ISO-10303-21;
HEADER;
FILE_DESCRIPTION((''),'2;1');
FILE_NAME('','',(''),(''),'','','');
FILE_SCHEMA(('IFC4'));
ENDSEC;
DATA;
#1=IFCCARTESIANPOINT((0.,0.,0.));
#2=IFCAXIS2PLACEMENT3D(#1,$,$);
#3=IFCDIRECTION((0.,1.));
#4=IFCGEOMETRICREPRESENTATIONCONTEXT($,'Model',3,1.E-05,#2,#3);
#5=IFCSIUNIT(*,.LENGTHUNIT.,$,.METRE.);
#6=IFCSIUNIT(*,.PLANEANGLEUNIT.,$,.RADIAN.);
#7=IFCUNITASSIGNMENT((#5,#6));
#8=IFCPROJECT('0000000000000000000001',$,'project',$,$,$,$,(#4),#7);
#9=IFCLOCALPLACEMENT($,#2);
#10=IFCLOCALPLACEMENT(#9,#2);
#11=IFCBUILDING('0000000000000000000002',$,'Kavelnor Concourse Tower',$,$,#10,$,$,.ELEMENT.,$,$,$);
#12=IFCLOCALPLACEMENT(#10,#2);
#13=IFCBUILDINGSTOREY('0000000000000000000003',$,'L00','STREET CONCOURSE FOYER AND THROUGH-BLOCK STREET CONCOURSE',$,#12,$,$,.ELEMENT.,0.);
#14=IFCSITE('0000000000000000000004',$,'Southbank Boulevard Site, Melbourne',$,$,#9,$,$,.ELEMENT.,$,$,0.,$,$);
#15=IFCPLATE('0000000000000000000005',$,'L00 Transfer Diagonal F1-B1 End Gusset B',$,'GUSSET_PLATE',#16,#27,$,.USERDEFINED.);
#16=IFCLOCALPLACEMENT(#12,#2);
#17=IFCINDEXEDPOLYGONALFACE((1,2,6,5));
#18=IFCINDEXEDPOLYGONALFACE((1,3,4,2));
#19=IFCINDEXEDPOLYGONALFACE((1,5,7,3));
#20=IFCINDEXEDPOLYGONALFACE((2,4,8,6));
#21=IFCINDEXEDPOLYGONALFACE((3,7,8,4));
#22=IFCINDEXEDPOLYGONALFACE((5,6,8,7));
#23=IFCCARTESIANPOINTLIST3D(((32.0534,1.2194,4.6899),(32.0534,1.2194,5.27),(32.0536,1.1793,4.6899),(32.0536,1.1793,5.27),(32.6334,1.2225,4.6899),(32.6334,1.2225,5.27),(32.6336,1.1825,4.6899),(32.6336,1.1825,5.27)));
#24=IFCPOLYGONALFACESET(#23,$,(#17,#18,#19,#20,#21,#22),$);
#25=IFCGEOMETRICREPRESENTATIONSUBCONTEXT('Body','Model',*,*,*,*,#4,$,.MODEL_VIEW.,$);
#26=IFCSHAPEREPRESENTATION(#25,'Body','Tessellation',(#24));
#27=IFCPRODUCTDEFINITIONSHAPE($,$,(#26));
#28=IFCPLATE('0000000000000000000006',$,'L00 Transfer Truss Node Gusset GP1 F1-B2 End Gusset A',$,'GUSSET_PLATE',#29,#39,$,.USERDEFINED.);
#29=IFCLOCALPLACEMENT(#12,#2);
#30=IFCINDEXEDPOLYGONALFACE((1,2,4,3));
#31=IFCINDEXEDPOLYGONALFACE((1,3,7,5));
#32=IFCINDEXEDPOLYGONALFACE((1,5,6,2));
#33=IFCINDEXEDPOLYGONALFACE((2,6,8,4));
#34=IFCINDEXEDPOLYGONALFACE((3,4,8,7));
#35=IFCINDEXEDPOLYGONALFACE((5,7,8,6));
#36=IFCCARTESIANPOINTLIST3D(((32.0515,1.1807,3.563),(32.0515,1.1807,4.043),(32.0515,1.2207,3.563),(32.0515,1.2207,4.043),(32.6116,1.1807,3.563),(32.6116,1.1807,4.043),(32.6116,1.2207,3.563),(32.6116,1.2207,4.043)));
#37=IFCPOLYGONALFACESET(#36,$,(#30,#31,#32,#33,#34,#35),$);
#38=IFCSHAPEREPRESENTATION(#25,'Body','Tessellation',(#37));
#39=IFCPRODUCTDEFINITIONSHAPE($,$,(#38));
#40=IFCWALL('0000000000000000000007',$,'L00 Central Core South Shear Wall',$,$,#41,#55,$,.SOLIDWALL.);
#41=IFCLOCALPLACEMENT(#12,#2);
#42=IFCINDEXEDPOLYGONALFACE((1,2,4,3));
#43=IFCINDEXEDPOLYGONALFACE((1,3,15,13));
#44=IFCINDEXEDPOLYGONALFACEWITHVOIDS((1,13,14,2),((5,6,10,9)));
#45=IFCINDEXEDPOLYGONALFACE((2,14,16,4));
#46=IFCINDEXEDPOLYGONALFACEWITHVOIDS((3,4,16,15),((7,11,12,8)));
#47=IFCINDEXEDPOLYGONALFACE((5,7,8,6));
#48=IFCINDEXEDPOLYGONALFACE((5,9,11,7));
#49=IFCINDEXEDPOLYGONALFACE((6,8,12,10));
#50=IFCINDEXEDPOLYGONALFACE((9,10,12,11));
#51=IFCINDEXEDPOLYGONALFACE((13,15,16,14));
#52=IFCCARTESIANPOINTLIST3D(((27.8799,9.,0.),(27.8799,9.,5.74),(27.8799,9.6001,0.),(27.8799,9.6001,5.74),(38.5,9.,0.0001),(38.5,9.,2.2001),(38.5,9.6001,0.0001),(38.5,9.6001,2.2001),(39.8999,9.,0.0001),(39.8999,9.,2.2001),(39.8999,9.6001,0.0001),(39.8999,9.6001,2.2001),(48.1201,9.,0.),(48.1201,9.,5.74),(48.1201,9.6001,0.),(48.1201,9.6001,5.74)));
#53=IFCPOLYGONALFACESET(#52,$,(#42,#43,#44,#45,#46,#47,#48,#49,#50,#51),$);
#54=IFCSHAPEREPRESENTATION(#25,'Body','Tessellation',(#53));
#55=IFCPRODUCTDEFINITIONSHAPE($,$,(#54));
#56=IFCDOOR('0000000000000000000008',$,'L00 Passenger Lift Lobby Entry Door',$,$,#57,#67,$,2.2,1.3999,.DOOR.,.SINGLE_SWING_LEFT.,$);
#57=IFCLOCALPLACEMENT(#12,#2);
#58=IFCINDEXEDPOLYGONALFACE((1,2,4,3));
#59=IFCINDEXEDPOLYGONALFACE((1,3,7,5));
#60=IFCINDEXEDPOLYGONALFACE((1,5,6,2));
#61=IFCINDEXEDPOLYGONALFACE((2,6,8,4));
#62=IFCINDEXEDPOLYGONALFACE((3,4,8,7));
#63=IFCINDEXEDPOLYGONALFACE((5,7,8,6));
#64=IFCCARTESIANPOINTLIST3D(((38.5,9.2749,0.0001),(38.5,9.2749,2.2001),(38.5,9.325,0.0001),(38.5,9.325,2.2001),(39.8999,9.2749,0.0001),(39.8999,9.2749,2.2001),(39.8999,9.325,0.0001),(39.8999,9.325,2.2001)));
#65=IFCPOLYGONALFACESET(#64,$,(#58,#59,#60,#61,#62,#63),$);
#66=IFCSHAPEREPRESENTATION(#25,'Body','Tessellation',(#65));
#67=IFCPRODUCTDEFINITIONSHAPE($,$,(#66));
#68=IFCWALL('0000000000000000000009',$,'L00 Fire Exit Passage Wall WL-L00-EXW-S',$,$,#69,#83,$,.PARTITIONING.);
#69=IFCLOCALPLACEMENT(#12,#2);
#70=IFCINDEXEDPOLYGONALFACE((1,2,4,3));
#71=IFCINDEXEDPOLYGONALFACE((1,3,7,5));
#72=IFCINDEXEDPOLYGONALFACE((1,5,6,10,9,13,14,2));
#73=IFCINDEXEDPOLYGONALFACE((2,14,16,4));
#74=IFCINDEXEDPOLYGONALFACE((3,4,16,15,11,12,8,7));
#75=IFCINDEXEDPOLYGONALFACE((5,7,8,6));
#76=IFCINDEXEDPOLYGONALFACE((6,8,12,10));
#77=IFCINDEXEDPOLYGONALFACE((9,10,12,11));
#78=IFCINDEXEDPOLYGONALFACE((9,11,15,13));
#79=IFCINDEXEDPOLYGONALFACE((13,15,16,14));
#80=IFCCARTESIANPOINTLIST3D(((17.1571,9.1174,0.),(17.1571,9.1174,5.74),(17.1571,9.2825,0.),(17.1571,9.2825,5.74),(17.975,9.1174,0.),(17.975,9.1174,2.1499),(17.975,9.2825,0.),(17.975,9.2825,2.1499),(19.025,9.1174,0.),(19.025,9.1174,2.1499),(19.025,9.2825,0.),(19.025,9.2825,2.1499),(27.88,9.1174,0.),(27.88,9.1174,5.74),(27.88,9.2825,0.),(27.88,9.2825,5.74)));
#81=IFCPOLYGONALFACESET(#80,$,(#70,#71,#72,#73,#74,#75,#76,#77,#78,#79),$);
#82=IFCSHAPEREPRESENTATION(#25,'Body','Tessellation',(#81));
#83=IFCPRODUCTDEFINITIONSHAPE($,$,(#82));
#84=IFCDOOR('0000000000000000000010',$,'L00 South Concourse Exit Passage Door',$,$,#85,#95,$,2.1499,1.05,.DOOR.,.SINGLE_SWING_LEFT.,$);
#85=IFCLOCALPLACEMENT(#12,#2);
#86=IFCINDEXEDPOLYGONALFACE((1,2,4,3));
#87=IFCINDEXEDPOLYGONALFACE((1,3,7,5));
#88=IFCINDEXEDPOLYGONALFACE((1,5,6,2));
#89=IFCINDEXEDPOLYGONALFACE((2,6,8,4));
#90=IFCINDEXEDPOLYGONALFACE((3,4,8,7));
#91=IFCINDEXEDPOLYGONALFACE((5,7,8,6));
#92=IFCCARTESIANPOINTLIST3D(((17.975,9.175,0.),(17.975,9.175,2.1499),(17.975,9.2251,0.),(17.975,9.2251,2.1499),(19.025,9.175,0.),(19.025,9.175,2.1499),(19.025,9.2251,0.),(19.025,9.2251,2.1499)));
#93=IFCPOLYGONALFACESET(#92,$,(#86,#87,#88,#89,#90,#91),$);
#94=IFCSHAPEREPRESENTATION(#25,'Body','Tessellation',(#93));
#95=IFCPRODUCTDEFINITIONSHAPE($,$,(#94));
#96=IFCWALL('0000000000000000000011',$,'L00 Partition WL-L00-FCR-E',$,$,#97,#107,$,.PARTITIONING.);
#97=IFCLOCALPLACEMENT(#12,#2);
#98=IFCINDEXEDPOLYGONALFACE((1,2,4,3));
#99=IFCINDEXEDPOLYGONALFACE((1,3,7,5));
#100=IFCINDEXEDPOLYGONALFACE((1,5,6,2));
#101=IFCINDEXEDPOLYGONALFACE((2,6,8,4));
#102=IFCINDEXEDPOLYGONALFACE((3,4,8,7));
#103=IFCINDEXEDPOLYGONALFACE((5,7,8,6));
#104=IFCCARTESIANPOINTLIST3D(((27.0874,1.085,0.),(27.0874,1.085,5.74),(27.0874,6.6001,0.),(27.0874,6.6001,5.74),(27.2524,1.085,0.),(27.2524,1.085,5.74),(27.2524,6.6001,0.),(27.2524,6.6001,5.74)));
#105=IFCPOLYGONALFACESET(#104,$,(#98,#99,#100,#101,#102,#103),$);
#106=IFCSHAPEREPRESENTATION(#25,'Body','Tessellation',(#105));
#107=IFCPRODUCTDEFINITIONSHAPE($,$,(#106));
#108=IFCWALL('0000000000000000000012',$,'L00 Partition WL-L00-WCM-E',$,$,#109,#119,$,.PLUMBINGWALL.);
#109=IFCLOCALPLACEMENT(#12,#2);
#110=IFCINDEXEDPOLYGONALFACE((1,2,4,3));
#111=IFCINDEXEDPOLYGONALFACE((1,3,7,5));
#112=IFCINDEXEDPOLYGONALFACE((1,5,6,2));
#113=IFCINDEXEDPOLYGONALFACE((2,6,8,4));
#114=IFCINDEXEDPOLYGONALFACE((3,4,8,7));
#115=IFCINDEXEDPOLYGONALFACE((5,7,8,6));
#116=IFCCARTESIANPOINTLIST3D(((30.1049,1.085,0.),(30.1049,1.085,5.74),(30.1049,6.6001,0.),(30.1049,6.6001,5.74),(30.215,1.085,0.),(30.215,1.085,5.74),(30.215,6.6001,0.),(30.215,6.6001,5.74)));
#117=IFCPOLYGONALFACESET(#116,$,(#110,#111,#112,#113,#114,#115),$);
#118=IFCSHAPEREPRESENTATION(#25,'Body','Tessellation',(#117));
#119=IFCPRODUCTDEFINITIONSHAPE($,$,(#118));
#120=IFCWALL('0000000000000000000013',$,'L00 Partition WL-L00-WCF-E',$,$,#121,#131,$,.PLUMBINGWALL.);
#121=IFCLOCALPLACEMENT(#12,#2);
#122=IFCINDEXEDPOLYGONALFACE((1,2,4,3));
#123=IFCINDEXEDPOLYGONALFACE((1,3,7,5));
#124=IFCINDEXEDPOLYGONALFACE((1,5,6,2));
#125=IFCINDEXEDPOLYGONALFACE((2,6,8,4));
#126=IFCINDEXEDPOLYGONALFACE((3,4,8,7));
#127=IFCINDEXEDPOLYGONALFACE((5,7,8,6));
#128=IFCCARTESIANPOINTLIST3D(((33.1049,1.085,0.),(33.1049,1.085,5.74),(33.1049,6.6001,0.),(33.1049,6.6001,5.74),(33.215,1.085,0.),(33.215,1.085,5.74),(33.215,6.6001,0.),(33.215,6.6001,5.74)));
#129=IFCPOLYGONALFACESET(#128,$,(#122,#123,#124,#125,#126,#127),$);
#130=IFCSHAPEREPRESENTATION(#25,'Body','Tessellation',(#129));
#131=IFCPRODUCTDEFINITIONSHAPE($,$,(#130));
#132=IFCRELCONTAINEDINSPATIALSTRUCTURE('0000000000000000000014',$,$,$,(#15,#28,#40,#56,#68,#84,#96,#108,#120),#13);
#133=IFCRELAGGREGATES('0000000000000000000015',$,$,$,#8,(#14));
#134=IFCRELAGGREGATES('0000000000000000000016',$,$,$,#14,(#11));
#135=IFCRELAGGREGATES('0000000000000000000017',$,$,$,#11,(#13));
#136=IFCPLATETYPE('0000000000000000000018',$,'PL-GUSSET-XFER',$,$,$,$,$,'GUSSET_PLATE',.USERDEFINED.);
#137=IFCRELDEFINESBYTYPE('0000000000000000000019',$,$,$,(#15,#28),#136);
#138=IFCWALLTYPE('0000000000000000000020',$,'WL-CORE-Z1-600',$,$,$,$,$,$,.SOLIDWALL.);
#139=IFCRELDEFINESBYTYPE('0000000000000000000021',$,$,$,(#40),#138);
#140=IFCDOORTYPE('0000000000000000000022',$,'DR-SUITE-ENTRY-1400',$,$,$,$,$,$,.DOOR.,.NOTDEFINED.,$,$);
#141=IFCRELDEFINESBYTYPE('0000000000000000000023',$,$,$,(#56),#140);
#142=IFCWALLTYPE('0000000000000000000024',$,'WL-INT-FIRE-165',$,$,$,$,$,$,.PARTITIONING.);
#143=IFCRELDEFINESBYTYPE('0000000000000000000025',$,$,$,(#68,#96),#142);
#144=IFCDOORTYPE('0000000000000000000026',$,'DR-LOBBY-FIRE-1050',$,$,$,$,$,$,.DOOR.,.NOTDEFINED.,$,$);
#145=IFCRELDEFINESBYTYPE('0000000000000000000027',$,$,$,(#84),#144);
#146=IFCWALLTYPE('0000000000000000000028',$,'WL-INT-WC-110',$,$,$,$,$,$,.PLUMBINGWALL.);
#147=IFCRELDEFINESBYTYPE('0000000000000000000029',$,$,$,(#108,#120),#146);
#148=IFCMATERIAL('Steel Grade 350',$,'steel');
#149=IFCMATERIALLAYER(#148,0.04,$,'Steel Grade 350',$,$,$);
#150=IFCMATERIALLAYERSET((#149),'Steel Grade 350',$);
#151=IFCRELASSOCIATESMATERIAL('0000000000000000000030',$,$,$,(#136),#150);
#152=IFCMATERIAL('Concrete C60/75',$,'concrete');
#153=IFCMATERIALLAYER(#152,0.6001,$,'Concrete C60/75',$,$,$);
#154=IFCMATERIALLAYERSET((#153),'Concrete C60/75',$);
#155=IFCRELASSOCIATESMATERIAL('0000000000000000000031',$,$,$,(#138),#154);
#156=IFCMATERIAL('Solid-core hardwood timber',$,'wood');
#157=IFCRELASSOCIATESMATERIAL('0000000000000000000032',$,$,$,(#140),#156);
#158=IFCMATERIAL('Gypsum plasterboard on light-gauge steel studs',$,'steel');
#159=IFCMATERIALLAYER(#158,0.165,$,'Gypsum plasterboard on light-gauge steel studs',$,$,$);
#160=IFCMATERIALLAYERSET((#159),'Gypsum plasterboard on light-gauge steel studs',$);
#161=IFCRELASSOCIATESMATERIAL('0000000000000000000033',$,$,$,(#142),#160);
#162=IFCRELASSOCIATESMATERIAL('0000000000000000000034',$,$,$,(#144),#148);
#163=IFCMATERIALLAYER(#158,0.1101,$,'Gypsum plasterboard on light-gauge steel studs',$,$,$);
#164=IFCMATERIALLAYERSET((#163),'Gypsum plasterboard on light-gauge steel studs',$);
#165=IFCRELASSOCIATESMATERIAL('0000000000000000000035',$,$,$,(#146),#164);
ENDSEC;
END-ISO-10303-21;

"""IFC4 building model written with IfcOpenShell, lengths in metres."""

from ifc_helpers import new_model, si_unit, direction, frame, frame_2d, origin, origin_2d, place, context, subcontext, project, spatial, rectangle, extrude, material, layer, layer_set, type_object, element, fill, save


model = new_model("IFC4")

# Units and contexts
model_context = context("Model", 3, precision=1e-05, world=origin(), true_north=direction((0.0, 1.0)))
body_context = subcontext(model_context, "Body", "Model", "MODEL_VIEW")
ifc_project = project(units=[si_unit("LENGTHUNIT", "METRE"), si_unit("PLANEANGLEUNIT", "RADIAN")], contexts=[model_context])

# Site, building, storey
site_placement = place(None, origin())
site = spatial("IfcSite", under=ifc_project, at=site_placement, Name="Southbank Boulevard Site, Melbourne", CompositionType="ELEMENT", RefElevation=0.0)
building_placement = place(site_placement, origin())
building = spatial("IfcBuilding", under=site, at=building_placement, Name="Kavelnor Concourse Tower", CompositionType="ELEMENT")
storey_placement = place(building_placement, origin())
storey = spatial("IfcBuildingStorey", under=building, at=storey_placement, Name="L00", Description="STREET CONCOURSE FOYER AND THROUGH-BLOCK STREET CONCOURSE", CompositionType="ELEMENT", Elevation=0.0)

# Shared definitions
ifc_material_1 = material(Name="Steel Grade 350", Category="steel")

# Plates
ifc_layer_1 = layer(ifc_material_1, 0.04, Name="Steel Grade 350")
ifc_layer_set_1 = layer_set([ifc_layer_1], Name="Steel Grade 350")
plate_type_1 = type_object("IfcPlateType", Name="PL-GUSSET-XFER", ElementType="GUSSET_PLATE", PredefinedType="USERDEFINED", material=ifc_layer_set_1)
plate_1_placement = place(storey_placement, frame((32.3435, 1.2009, 4.6899), z_axis=(0.0, 0.0, 1.0), x_axis=(0.999985, 0.00541, 0.0)))
element("IfcPlate", 1, at=plate_1_placement, inside=storey, type_object=plate_type_1, Name="L00 Transfer Diagonal F1-B1 End Gusset B", ObjectType="GUSSET_PLATE", PredefinedType="USERDEFINED", context=body_context, shape_type="SweptSolid", body=[
    extrude(rectangle(XDim=0.5801, YDim=0.04, at=origin_2d()), origin(), (0.0, 0.0, 1.0), 0.5801),
])
plate_2_placement = place(storey_placement, frame((32.3315, 1.2007, 3.563), z_axis=(0.0, 0.0, 1.0), x_axis=(1.0, 0.0, 0.0)))
element("IfcPlate", 2, at=plate_2_placement, inside=storey, type_object=plate_type_1, Name="L00 Transfer Truss Node Gusset GP1 F1-B2 End Gusset A", ObjectType="GUSSET_PLATE", PredefinedType="USERDEFINED", context=body_context, shape_type="SweptSolid", body=[
    extrude(rectangle(XDim=0.5601, YDim=0.04, at=origin_2d()), origin(), (0.0, 0.0, 1.0), 0.48),
])

# Walls, openings, doors
ifc_material_2 = material(Name="Concrete C60/75", Category="concrete")
ifc_layer_2 = layer(ifc_material_2, 0.6001, Name="Concrete C60/75")
ifc_layer_set_2 = layer_set([ifc_layer_2], Name="Concrete C60/75")
wall_type_1 = type_object("IfcWallType", Name="WL-CORE-Z1-600", PredefinedType="SOLIDWALL", material=ifc_layer_set_2)
wall_1_placement = place(storey_placement, frame((27.8799, 9.3, 0.0), z_axis=(0.0, 0.0, 1.0), x_axis=(1.0, 0.0, 0.0)))
wall_1 = element("IfcWall", 3, at=wall_1_placement, inside=storey, type_object=wall_type_1, Name="L00 Central Core South Shear Wall", PredefinedType="SOLIDWALL", context=body_context, shape_type="SweptSolid", body=[
    extrude(rectangle(XDim=20.2402, YDim=0.6001, at=frame_2d((10.1201, 0.0))), origin(), (0.0, 0.0, 1.0), 5.74),
])
opening_1_placement = place(wall_1_placement, frame((10.6201, 0.0, 0.0)))
opening_1 = element("IfcOpeningElement", 4, at=opening_1_placement, cuts=wall_1, PredefinedType="OPENING", context=body_context, shape_type="SweptSolid", body=[
    extrude(rectangle(XDim=1.3999, YDim=2.2, at=frame_2d((0.7, 1.1001))), frame((0.0, 0.3101, 0.0), z_axis=(0.0, -1.0, 0.0), x_axis=(1.0, 0.0, 0.0)), (0.0, 0.0, 1.0), 0.6201),
])
ifc_material_3 = material(Name="Solid-core hardwood timber", Category="wood")
door_type_1 = type_object("IfcDoorType", Name="DR-SUITE-ENTRY-1400", OperationType="NOTDEFINED", PredefinedType="DOOR", material=ifc_material_3)
door_1_placement = place(opening_1_placement, origin())
door_1 = element("IfcDoor", 5, at=door_1_placement, inside=storey, type_object=door_type_1, Name="L00 Passenger Lift Lobby Entry Door", OperationType="SINGLE_SWING_LEFT", OverallHeight=2.2, OverallWidth=1.3999, PredefinedType="DOOR", context=body_context, shape_type="SweptSolid", body=[
    extrude(rectangle(XDim=1.3999, YDim=2.2, at=frame_2d((0.7, 1.1001))), frame((0.0, 0.0249, 0.0), z_axis=(0.0, -1.0, 0.0), x_axis=(1.0, 0.0, 0.0)), (0.0, 0.0, 1.0), 0.05),
])
fill(opening_1, door_1)
ifc_material_4 = material(Name="Gypsum plasterboard on light-gauge steel studs", Category="steel")
ifc_layer_3 = layer(ifc_material_4, 0.165, Name="Gypsum plasterboard on light-gauge steel studs")
ifc_layer_set_3 = layer_set([ifc_layer_3], Name="Gypsum plasterboard on light-gauge steel studs")
wall_type_2 = type_object("IfcWallType", Name="WL-INT-FIRE-165", PredefinedType="PARTITIONING", material=ifc_layer_set_3)
wall_2_placement = place(storey_placement, frame((27.8799, 9.2, 0.0), z_axis=(0.0, 0.0, 1.0), x_axis=(-1.0, 0.0, 0.0)))
wall_2 = element("IfcWall", 6, at=wall_2_placement, inside=storey, type_object=wall_type_2, Name="L00 Fire Exit Passage Wall WL-L00-EXW-S", PredefinedType="PARTITIONING", context=body_context, shape_type="SweptSolid", body=[
    extrude(rectangle(XDim=10.7229, YDim=0.165, at=frame_2d((5.3613, 0.0))), origin(), (0.0, 0.0, 1.0), 5.74),
])
opening_2_placement = place(wall_2_placement, frame((8.855, 0.0, 0.0)))
opening_2 = element("IfcOpeningElement", 7, at=opening_2_placement, cuts=wall_2, PredefinedType="OPENING", context=body_context, shape_type="SweptSolid", body=[
    extrude(rectangle(XDim=1.05, YDim=2.1499, at=frame_2d((0.5249, 1.075))), frame((0.0, 0.0925, 0.0), z_axis=(0.0, -1.0, 0.0), x_axis=(1.0, 0.0, 0.0)), (0.0, 0.0, 1.0), 0.1851),
])
door_type_2 = type_object("IfcDoorType", Name="DR-LOBBY-FIRE-1050", OperationType="NOTDEFINED", PredefinedType="DOOR", material=ifc_material_1)
door_2_placement = place(opening_2_placement, origin())
door_2 = element("IfcDoor", 8, at=door_2_placement, inside=storey, type_object=door_type_2, Name="L00 South Concourse Exit Passage Door", OperationType="SINGLE_SWING_LEFT", OverallHeight=2.1499, OverallWidth=1.05, PredefinedType="DOOR", context=body_context, shape_type="SweptSolid", body=[
    extrude(rectangle(XDim=1.05, YDim=2.1499, at=frame_2d((0.5249, 1.075))), frame((0.0, 0.0249, 0.0), z_axis=(0.0, -1.0, 0.0), x_axis=(1.0, 0.0, 0.0)), (0.0, 0.0, 1.0), 0.05),
])
fill(opening_2, door_2)

# Walls
wall_3_placement = place(storey_placement, frame((27.1699, 1.085, 0.0), z_axis=(0.0, 0.0, 1.0), x_axis=(0.0, 1.0, 0.0)))
element("IfcWall", 9, at=wall_3_placement, inside=storey, type_object=wall_type_2, Name="L00 Partition WL-L00-FCR-E", PredefinedType="PARTITIONING", context=body_context, shape_type="SweptSolid", body=[
    extrude(rectangle(XDim=5.5151, YDim=0.165, at=frame_2d((2.7576, 0.0))), origin(), (0.0, 0.0, 1.0), 5.74),
])
ifc_layer_4 = layer(ifc_material_4, 0.1101, Name="Gypsum plasterboard on light-gauge steel studs")
ifc_layer_set_4 = layer_set([ifc_layer_4], Name="Gypsum plasterboard on light-gauge steel studs")
wall_type_3 = type_object("IfcWallType", Name="WL-INT-WC-110", PredefinedType="PLUMBINGWALL", material=ifc_layer_set_4)
for number, where, z_axis, x_axis, name in (
    (10, (30.1599, 1.085, 0.0), (0.0, 0.0, 1.0), (0.0, 1.0, 0.0), "L00 Partition WL-L00-WCM-E"),
    (11, (33.1599, 1.085, 0.0), (0.0, 0.0, 1.0), (0.0, 1.0, 0.0), "L00 Partition WL-L00-WCF-E"),
):
    element("IfcWall", number, at=place(storey_placement, frame(where, z_axis=z_axis, x_axis=x_axis)), inside=storey, type_object=wall_type_3, Name=name, PredefinedType="PLUMBINGWALL", context=body_context, shape_type="SweptSolid", body=[
        extrude(rectangle(XDim=5.5151, YDim=0.1101, at=frame_2d((2.7576, 0.0))), origin(), (0.0, 0.0, 1.0), 5.74),
    ])

save(model, "model.ifc")
